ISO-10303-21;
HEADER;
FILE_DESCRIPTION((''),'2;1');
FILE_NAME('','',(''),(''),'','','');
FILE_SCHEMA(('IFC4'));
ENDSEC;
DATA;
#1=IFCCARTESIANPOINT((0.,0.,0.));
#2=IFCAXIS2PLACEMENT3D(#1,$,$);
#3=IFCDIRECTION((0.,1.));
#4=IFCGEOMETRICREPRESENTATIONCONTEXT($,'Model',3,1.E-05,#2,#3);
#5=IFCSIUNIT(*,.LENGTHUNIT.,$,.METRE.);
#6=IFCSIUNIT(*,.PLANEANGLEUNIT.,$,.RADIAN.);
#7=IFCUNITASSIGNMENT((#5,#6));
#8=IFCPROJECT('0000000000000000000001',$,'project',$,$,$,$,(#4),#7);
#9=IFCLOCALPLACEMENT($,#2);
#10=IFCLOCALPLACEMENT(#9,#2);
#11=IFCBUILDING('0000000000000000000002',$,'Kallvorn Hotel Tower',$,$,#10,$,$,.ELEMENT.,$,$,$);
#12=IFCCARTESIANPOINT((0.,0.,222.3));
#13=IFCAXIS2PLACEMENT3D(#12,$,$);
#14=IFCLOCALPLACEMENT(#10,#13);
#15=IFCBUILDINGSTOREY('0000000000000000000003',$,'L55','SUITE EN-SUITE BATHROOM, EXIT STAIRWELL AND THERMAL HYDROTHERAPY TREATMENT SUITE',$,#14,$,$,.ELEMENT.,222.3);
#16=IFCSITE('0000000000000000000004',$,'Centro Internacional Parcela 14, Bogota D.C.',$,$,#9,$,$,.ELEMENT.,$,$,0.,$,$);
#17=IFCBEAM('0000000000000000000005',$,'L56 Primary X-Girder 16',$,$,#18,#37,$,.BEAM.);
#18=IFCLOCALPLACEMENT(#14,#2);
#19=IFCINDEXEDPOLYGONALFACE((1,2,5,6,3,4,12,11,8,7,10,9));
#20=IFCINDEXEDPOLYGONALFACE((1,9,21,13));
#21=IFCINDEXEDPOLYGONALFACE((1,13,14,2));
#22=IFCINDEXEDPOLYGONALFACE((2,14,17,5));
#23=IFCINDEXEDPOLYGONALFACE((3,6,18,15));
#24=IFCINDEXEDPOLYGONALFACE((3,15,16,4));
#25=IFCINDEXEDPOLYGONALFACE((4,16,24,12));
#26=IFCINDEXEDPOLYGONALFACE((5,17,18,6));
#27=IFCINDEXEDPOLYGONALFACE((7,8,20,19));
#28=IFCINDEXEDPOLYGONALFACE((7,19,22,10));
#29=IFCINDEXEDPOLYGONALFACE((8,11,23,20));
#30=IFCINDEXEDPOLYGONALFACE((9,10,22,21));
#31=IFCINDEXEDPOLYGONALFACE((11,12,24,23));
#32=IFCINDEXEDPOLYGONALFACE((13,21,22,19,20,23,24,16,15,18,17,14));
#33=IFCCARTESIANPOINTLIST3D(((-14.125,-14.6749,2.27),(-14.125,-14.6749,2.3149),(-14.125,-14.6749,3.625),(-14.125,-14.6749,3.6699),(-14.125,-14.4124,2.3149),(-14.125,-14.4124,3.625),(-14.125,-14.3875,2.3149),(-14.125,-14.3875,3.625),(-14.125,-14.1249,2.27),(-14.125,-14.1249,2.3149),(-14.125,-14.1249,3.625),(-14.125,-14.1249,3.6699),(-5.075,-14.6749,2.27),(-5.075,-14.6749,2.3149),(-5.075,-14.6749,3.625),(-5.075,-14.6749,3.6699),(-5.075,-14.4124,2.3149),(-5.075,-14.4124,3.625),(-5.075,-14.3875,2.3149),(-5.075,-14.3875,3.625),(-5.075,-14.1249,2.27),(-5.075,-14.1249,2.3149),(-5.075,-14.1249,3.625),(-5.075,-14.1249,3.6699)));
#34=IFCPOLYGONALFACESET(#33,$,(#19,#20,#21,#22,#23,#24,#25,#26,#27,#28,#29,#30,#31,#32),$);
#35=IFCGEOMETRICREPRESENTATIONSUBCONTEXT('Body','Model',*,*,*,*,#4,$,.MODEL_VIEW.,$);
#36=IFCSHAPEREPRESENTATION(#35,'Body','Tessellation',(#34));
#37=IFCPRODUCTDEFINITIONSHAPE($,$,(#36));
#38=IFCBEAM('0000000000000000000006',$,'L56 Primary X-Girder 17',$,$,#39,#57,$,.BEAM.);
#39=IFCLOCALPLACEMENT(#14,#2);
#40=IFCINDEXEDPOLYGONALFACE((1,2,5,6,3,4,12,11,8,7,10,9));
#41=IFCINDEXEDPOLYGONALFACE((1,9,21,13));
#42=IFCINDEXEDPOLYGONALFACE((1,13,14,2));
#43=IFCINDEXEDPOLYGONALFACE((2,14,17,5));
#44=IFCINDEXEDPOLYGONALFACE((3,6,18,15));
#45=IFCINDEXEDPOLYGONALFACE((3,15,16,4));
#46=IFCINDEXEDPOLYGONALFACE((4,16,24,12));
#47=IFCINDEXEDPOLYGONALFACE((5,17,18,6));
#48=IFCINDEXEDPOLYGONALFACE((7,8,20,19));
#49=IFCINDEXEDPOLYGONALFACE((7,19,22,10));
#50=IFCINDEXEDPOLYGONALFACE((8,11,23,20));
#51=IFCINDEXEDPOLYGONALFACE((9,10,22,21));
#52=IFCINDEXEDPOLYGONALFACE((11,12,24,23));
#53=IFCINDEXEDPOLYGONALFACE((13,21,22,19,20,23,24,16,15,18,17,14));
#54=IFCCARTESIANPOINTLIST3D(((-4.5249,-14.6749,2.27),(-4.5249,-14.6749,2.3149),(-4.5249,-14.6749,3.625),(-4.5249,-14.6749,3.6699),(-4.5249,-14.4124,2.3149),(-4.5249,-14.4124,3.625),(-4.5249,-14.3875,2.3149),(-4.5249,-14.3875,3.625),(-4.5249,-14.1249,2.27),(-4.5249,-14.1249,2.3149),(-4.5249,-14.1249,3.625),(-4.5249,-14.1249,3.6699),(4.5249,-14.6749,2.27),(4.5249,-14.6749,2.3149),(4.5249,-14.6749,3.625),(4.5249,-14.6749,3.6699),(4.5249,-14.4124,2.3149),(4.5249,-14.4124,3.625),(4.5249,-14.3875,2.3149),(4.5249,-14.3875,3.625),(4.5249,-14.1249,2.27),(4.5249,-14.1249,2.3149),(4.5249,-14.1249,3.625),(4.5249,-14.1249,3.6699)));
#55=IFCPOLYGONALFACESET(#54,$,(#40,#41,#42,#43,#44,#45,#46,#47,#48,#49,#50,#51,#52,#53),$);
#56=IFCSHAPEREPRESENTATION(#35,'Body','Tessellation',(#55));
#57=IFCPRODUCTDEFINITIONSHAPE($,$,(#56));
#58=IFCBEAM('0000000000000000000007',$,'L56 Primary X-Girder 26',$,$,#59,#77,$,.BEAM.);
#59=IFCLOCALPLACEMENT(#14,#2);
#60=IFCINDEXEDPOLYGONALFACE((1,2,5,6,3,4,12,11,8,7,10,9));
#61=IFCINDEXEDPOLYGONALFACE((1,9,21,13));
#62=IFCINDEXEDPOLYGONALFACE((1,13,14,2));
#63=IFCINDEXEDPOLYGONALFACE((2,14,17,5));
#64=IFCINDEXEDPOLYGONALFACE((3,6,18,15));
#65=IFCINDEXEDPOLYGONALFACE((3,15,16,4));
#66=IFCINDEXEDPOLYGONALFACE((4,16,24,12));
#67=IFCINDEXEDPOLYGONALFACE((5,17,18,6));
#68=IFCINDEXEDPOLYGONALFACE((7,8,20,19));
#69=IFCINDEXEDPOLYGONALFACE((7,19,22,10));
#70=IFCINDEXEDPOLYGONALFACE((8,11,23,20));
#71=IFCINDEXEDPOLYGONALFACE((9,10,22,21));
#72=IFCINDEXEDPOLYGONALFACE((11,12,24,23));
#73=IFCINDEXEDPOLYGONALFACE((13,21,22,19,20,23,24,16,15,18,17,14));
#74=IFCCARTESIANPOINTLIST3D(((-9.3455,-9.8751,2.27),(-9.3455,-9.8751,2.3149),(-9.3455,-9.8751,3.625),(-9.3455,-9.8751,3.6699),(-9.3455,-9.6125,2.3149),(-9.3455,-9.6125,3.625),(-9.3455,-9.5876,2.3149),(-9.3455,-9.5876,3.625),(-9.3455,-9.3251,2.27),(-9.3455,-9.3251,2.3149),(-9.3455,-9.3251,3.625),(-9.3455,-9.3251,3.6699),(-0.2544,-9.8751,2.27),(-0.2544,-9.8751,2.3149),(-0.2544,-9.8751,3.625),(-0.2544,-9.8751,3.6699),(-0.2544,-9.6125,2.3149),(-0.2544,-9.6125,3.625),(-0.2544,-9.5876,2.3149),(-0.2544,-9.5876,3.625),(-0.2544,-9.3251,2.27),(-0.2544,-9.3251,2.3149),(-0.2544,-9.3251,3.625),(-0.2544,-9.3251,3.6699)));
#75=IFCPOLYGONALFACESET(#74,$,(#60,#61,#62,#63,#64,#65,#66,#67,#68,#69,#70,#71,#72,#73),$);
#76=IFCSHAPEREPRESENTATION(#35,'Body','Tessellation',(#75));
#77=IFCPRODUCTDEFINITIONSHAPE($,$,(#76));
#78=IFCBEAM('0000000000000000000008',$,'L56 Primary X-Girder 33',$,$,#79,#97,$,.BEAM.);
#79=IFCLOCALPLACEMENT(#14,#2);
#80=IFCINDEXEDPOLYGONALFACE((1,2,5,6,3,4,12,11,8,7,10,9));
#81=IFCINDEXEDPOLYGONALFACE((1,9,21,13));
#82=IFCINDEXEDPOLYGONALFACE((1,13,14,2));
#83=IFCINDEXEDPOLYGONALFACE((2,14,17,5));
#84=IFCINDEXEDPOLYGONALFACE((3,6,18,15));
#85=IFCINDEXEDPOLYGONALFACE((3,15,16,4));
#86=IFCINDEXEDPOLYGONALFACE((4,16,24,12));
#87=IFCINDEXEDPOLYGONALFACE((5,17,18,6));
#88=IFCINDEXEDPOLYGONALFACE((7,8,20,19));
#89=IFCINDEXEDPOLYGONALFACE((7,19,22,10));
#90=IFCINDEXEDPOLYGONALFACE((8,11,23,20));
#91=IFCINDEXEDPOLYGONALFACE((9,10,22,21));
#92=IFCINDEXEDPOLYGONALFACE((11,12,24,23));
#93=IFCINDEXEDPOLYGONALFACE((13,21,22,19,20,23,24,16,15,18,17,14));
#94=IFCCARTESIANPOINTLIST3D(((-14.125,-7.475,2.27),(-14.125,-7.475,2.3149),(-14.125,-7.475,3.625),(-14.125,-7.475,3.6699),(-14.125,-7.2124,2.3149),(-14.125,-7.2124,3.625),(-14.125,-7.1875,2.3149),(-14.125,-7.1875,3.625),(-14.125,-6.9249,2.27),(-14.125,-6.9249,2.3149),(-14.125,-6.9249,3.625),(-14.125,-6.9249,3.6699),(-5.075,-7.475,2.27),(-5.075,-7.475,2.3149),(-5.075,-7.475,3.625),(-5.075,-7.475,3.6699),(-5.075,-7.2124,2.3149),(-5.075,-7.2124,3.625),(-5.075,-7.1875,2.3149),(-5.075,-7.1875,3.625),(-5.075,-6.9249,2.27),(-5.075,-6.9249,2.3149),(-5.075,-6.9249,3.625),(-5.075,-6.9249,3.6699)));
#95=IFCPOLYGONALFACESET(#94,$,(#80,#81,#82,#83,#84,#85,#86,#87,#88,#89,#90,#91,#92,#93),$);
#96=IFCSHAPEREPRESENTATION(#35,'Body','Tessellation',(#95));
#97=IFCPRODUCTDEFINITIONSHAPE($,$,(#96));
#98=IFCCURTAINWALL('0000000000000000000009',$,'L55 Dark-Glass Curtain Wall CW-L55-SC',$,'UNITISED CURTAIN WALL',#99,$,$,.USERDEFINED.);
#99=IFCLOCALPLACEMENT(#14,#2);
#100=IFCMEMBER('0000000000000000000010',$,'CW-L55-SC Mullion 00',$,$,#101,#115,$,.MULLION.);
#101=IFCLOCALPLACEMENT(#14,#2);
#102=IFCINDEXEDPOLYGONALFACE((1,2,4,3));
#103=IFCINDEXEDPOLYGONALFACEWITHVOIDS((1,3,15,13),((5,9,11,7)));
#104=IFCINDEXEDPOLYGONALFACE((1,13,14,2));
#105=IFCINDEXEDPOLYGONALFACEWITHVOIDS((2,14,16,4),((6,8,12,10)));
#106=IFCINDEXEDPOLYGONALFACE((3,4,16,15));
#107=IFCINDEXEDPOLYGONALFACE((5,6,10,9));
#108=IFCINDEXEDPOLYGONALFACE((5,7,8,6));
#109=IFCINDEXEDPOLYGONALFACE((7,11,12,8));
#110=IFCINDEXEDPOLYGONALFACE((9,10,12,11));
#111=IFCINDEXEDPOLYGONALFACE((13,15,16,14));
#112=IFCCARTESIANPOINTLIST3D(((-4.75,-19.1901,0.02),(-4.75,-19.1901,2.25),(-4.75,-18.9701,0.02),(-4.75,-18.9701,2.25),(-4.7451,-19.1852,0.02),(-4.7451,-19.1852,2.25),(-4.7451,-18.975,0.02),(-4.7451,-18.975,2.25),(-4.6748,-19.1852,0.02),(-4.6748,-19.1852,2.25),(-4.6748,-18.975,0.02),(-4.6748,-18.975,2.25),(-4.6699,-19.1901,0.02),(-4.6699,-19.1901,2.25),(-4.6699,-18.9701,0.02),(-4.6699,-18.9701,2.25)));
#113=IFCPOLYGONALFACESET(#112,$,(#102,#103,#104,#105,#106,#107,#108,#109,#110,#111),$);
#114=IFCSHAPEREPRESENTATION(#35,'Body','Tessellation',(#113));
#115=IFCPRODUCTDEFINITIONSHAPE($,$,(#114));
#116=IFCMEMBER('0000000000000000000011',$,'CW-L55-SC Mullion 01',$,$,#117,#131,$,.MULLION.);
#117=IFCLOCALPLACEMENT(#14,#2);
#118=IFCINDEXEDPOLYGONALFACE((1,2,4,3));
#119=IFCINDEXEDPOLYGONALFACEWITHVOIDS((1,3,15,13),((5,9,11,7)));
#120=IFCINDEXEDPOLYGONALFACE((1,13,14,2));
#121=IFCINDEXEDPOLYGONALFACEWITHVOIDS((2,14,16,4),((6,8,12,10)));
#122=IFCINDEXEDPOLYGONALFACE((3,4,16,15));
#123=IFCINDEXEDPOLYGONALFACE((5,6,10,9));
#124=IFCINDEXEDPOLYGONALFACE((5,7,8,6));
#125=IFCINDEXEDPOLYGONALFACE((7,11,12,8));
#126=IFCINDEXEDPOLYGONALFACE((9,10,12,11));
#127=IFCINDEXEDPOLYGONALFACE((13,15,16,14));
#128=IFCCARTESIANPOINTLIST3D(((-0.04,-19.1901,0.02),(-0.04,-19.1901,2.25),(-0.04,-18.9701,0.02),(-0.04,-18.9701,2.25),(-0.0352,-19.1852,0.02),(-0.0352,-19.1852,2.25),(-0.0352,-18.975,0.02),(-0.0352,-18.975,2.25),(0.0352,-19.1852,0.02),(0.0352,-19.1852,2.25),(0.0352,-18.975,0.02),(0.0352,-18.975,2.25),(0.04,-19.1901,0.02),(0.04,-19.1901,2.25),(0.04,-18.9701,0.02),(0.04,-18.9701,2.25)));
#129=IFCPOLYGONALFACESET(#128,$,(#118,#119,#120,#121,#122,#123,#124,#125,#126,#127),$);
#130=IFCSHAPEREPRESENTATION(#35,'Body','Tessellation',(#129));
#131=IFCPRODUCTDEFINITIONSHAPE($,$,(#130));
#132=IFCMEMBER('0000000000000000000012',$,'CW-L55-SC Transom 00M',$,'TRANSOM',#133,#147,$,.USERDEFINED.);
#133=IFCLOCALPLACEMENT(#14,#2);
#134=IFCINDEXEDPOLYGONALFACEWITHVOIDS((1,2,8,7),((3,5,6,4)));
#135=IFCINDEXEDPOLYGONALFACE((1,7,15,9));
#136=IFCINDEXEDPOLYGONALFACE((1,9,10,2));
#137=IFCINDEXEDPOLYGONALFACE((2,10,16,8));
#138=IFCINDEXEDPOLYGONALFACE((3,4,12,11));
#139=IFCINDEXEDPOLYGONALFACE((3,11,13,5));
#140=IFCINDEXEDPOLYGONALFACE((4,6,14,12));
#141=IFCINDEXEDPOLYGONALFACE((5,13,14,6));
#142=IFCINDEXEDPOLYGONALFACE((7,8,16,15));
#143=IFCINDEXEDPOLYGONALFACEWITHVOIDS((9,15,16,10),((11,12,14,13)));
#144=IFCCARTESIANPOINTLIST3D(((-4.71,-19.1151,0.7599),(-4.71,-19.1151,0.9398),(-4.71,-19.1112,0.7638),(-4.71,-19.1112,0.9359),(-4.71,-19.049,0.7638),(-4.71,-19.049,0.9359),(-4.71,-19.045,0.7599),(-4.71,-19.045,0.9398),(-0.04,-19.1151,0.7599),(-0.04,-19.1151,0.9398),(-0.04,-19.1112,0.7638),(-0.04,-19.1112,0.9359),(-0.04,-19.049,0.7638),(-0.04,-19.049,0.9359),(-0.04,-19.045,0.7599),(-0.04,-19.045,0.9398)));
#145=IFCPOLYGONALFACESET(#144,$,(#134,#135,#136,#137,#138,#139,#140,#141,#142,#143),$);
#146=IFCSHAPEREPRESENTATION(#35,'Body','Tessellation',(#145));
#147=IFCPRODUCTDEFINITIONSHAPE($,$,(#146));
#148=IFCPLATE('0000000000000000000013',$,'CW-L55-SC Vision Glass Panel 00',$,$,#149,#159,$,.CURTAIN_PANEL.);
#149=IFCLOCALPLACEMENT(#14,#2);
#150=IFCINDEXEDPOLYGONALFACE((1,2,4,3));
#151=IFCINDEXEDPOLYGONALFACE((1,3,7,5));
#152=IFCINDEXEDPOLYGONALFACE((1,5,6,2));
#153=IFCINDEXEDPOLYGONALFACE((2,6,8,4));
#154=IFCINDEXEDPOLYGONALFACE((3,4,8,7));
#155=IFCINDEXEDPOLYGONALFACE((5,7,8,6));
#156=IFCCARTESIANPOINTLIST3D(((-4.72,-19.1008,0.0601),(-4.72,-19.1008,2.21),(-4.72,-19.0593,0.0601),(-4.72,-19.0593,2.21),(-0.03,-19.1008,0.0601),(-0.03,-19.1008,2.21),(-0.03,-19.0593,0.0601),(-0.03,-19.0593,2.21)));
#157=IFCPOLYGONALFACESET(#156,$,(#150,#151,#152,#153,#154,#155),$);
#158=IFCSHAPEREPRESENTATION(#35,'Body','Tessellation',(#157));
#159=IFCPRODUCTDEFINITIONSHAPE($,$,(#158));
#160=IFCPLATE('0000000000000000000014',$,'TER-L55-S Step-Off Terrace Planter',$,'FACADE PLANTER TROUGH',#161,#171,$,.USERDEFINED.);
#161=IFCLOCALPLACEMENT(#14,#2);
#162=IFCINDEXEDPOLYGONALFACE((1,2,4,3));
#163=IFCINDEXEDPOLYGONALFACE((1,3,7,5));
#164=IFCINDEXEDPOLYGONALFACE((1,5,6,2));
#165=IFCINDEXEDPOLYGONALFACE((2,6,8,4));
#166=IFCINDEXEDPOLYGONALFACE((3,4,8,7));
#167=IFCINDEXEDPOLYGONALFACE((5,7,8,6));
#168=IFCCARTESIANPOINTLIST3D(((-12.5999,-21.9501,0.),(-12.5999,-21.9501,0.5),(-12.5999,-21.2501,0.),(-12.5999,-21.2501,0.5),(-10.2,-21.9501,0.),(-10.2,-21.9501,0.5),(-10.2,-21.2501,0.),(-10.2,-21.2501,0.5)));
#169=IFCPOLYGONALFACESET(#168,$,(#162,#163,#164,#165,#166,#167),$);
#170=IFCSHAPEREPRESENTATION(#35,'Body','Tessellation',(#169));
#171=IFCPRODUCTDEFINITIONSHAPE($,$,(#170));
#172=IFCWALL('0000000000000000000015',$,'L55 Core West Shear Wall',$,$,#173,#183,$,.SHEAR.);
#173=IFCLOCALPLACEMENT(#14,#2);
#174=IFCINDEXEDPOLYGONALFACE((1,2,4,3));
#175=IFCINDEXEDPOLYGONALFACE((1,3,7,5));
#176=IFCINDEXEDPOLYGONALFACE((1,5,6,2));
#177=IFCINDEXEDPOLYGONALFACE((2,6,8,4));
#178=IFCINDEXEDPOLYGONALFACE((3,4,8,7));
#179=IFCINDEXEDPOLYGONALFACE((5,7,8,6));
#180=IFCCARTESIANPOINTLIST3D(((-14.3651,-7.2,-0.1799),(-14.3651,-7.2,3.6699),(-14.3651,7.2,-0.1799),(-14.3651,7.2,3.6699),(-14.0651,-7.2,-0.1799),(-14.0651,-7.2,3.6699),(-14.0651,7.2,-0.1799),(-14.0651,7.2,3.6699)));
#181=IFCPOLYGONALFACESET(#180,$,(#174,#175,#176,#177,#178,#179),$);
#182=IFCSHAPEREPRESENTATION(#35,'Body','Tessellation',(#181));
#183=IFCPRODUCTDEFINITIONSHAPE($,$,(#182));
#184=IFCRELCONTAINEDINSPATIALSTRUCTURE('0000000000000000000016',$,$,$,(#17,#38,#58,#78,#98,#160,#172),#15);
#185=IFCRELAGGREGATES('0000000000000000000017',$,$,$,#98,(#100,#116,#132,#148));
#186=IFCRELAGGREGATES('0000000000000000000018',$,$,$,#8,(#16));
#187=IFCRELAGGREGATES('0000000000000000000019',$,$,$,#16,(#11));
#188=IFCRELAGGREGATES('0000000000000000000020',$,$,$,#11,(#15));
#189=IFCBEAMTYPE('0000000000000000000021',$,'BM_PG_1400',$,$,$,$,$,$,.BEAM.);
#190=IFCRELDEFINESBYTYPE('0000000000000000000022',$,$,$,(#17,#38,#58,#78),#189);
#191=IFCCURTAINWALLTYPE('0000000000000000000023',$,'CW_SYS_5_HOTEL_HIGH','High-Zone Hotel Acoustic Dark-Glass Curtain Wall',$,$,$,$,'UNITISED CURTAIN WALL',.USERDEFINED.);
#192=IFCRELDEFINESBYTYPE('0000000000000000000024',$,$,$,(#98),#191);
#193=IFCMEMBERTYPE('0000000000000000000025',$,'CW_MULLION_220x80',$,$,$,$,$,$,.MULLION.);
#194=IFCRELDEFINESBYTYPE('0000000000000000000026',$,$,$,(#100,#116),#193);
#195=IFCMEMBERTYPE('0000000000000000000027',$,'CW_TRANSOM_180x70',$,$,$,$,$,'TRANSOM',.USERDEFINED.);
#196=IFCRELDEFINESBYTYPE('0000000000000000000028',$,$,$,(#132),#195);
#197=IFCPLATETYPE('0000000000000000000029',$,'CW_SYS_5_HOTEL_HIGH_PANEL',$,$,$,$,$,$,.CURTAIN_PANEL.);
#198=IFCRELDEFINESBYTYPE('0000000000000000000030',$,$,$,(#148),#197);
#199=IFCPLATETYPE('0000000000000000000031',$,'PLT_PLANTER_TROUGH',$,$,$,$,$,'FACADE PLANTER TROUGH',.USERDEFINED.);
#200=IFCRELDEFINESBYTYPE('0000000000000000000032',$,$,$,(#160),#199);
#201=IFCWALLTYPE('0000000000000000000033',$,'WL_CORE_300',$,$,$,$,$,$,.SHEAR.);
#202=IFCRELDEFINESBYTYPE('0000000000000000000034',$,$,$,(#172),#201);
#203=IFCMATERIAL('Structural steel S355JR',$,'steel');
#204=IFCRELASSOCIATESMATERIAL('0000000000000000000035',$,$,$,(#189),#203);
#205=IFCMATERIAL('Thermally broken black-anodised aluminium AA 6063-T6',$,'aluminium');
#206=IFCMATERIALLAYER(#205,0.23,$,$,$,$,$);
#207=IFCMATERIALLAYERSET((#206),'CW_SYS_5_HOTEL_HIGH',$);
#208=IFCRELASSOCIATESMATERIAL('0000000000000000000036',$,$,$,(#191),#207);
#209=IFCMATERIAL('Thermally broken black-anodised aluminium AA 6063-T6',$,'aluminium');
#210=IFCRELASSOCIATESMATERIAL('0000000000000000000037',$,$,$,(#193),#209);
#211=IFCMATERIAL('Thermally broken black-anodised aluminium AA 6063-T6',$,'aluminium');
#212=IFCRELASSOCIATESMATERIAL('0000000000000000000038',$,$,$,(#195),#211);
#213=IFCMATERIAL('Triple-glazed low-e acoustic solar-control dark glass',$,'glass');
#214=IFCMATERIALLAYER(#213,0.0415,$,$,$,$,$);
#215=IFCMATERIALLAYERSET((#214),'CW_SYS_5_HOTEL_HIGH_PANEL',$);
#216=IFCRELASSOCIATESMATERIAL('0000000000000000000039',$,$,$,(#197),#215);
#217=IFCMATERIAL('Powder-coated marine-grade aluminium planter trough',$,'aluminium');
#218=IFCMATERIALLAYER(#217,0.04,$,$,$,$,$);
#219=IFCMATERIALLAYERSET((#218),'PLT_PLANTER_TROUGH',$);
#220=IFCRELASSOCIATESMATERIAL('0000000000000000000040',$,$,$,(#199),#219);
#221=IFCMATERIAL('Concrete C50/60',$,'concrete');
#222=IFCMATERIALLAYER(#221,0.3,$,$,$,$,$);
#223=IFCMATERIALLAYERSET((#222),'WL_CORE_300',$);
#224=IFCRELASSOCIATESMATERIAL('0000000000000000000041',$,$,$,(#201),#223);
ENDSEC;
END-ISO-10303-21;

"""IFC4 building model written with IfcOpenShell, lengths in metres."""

from ifc_helpers import new_model, si_unit, direction, frame, frame_2d, origin, origin_2d, place, context, subcontext, project, spatial, rectangle, hollow_rectangle, i_section, extrude, material, layer, layer_set, material_profile, profile_set, type_object, element, aggregate, save


model = new_model("IFC4")

# Units and contexts
model_context = context("Model", 3, precision=1e-05, world=origin(), true_north=direction((0.0, 1.0)))
body_context = subcontext(model_context, "Body", "Model", "MODEL_VIEW")
ifc_project = project(units=[si_unit("LENGTHUNIT", "METRE"), si_unit("PLANEANGLEUNIT", "RADIAN")], contexts=[model_context])

# Site, building, storey
site_placement = place(None, origin())
site = spatial("IfcSite", under=ifc_project, at=site_placement, Name="Centro Internacional Parcela 14, Bogota D.C.", CompositionType="ELEMENT", RefElevation=0.0)
building_placement = place(site_placement, origin())
building = spatial("IfcBuilding", under=site, at=building_placement, Name="Kallvorn Hotel Tower", CompositionType="ELEMENT")
storey_placement = place(building_placement, frame((0.0, 0.0, 222.3)))
storey = spatial("IfcBuildingStorey", under=building, at=storey_placement, Name="L55", Description="SUITE EN-SUITE BATHROOM, EXIT STAIRWELL AND THERMAL HYDROTHERAPY TREATMENT SUITE", CompositionType="ELEMENT", Elevation=222.3)

# Beams
ifc_material_1 = material(Name="Structural steel S355JR", Category="steel")
ifc_material_profile_1 = material_profile(ifc_material_1, i_section(OverallWidth=0.55, OverallDepth=1.3999, WebThickness=0.0249, FlangeThickness=0.0449, at=origin_2d()), Name="PG 1400x550x25x45")
ifc_profile_set_1 = profile_set([ifc_material_profile_1], Name="Structural steel S355JR")
beam_type_1 = type_object("IfcBeamType", Name="BM_PG_1400", PredefinedType="BEAM", material=ifc_profile_set_1)
beam_1_placement = place(storey_placement, frame((-14.125, -14.3999, 2.97), z_axis=(1.0, 0.0, 0.0), x_axis=(0.0, 1.0, 0.0)))
element("IfcBeam", 1, at=beam_1_placement, inside=storey, type_object=beam_type_1, Name="L56 Primary X-Girder 16", PredefinedType="BEAM", context=body_context, shape_type="SweptSolid", body=[
    extrude(i_section(OverallWidth=0.55, OverallDepth=1.3999, WebThickness=0.0249, FlangeThickness=0.0449, at=origin_2d()), origin(), (0.0, 0.0, 1.0), 9.05),
])
beam_2_placement = place(storey_placement, frame((-4.5249, -14.3999, 2.97), z_axis=(1.0, 0.0, 0.0), x_axis=(0.0, 1.0, 0.0)))
element("IfcBeam", 2, at=beam_2_placement, inside=storey, type_object=beam_type_1, Name="L56 Primary X-Girder 17", PredefinedType="BEAM", context=body_context, shape_type="SweptSolid", body=[
    extrude(i_section(OverallWidth=0.55, OverallDepth=1.3999, WebThickness=0.0249, FlangeThickness=0.0449, at=origin_2d()), origin(), (0.0, 0.0, 1.0), 9.0498),
])
beam_3_placement = place(storey_placement, frame((-9.3455, -9.6001, 2.97), z_axis=(1.0, 0.0, 0.0), x_axis=(0.0, 1.0, 0.0)))
element("IfcBeam", 3, at=beam_3_placement, inside=storey, type_object=beam_type_1, Name="L56 Primary X-Girder 26", PredefinedType="BEAM", context=body_context, shape_type="SweptSolid", body=[
    extrude(i_section(OverallWidth=0.55, OverallDepth=1.3999, WebThickness=0.0249, FlangeThickness=0.0449, at=origin_2d()), origin(), (0.0, 0.0, 1.0), 9.0911),
])
beam_4_placement = place(storey_placement, frame((-14.125, -7.2, 2.97), z_axis=(1.0, 0.0, 0.0), x_axis=(0.0, 1.0, 0.0)))
element("IfcBeam", 4, at=beam_4_placement, inside=storey, type_object=beam_type_1, Name="L56 Primary X-Girder 33", PredefinedType="BEAM", context=body_context, shape_type="SweptSolid", body=[
    extrude(i_section(OverallWidth=0.55, OverallDepth=1.3999, WebThickness=0.0249, FlangeThickness=0.0449, at=origin_2d()), origin(), (0.0, 0.0, 1.0), 9.05),
])

# Curtain wall, members, plate
ifc_material_2 = material(Name="Thermally broken black-anodised aluminium AA 6063-T6", Category="aluminium")
ifc_layer_1 = layer(ifc_material_2, 0.23)
ifc_layer_set_1 = layer_set([ifc_layer_1], Name="CW_SYS_5_HOTEL_HIGH")
curtain_wall_type = type_object("IfcCurtainWallType", Name="CW_SYS_5_HOTEL_HIGH", Description="High-Zone Hotel Acoustic Dark-Glass Curtain Wall", ElementType="UNITISED CURTAIN WALL", PredefinedType="USERDEFINED", material=ifc_layer_set_1)
curtain_wall_placement = place(storey_placement, origin())
curtain_wall = element("IfcCurtainWall", 5, at=curtain_wall_placement, inside=storey, type_object=curtain_wall_type, Name="L55 Dark-Glass Curtain Wall CW-L55-SC", ObjectType="UNITISED CURTAIN WALL", PredefinedType="USERDEFINED")
ifc_material_3 = material(Name="Thermally broken black-anodised aluminium AA 6063-T6", Category="aluminium")
ifc_material_profile_2 = material_profile(ifc_material_3, hollow_rectangle(XDim=0.0801, YDim=0.22, WallThickness=0.0049, at=origin_2d()), Name="MUL 220x80")
ifc_profile_set_2 = profile_set([ifc_material_profile_2], Name="Thermally broken black-anodised aluminium AA 6063-T6")
member_type_1 = type_object("IfcMemberType", Name="CW_MULLION_220x80", PredefinedType="MULLION", material=ifc_profile_set_2)
member_1_placement = place(storey_placement, frame((-4.71, -19.0801, 0.02), z_axis=(0.0, 0.0, 1.0), x_axis=(1.0, 0.0, 0.0)))
member_1 = element("IfcMember", 6, at=member_1_placement, type_object=member_type_1, Name="CW-L55-SC Mullion 00", PredefinedType="MULLION", context=body_context, shape_type="SweptSolid", body=[
    extrude(hollow_rectangle(XDim=0.0801, YDim=0.22, WallThickness=0.0049, at=origin_2d()), origin(), (0.0, 0.0, 1.0), 2.23),
])
member_2_placement = place(storey_placement, frame((0.0, -19.0801, 0.02), z_axis=(0.0, 0.0, 1.0), x_axis=(1.0, 0.0, 0.0)))
member_2 = element("IfcMember", 7, at=member_2_placement, type_object=member_type_1, Name="CW-L55-SC Mullion 01", PredefinedType="MULLION", context=body_context, shape_type="SweptSolid", body=[
    extrude(hollow_rectangle(XDim=0.0801, YDim=0.22, WallThickness=0.0049, at=origin_2d()), origin(), (0.0, 0.0, 1.0), 2.23),
])
ifc_material_4 = material(Name="Thermally broken black-anodised aluminium AA 6063-T6", Category="aluminium")
ifc_material_profile_3 = material_profile(ifc_material_4, hollow_rectangle(XDim=0.0701, YDim=0.1799, WallThickness=0.0039, at=origin_2d()), Name="TRN 180x70")
ifc_profile_set_3 = profile_set([ifc_material_profile_3], Name="Thermally broken black-anodised aluminium AA 6063-T6")
member_type_2 = type_object("IfcMemberType", Name="CW_TRANSOM_180x70", ElementType="TRANSOM", PredefinedType="USERDEFINED", material=ifc_profile_set_3)
member_3_placement = place(storey_placement, frame((-4.71, -19.0801, 0.8499), z_axis=(1.0, 0.0, 0.0), x_axis=(0.0, 1.0, 0.0)))
member_3 = element("IfcMember", 8, at=member_3_placement, type_object=member_type_2, Name="CW-L55-SC Transom 00M", ObjectType="TRANSOM", PredefinedType="USERDEFINED", context=body_context, shape_type="SweptSolid", body=[
    extrude(hollow_rectangle(XDim=0.0701, YDim=0.1799, WallThickness=0.0039, at=origin_2d()), origin(), (0.0, 0.0, 1.0), 4.6699),
])
ifc_material_5 = material(Name="Triple-glazed low-e acoustic solar-control dark glass", Category="glass")
ifc_layer_2 = layer(ifc_material_5, 0.0415)
ifc_layer_set_2 = layer_set([ifc_layer_2], Name="CW_SYS_5_HOTEL_HIGH_PANEL")
plate_type_1 = type_object("IfcPlateType", Name="CW_SYS_5_HOTEL_HIGH_PANEL", PredefinedType="CURTAIN_PANEL", material=ifc_layer_set_2)
plate_1_placement = place(storey_placement, frame((-2.375, -19.0801, 0.0601), z_axis=(0.0, 0.0, 1.0), x_axis=(1.0, 0.0, 0.0)))
plate_1 = element("IfcPlate", 9, at=plate_1_placement, type_object=plate_type_1, Name="CW-L55-SC Vision Glass Panel 00", PredefinedType="CURTAIN_PANEL", context=body_context, shape_type="SweptSolid", body=[
    extrude(rectangle(XDim=4.6899, YDim=0.0415, at=origin_2d()), origin(), (0.0, 0.0, 1.0), 2.1499),
])
aggregate(curtain_wall, [member_1, member_2, member_3, plate_1])

# Plate
ifc_material_6 = material(Name="Powder-coated marine-grade aluminium planter trough", Category="aluminium")
ifc_layer_3 = layer(ifc_material_6, 0.04)
ifc_layer_set_3 = layer_set([ifc_layer_3], Name="PLT_PLANTER_TROUGH")
plate_type_2 = type_object("IfcPlateType", Name="PLT_PLANTER_TROUGH", ElementType="FACADE PLANTER TROUGH", PredefinedType="USERDEFINED", material=ifc_layer_set_3)
plate_2_placement = place(storey_placement, frame((-11.3999, -21.6001, 0.0), z_axis=(0.0, 0.0, 1.0), x_axis=(1.0, 0.0, 0.0)))
element("IfcPlate", 10, at=plate_2_placement, inside=storey, type_object=plate_type_2, Name="TER-L55-S Step-Off Terrace Planter", ObjectType="FACADE PLANTER TROUGH", PredefinedType="USERDEFINED", context=body_context, shape_type="SweptSolid", body=[
    extrude(rectangle(XDim=2.3999, YDim=0.7, at=origin_2d()), origin(), (0.0, 0.0, 1.0), 0.5),
])

# Wall
ifc_material_7 = material(Name="Concrete C50/60", Category="concrete")
ifc_layer_4 = layer(ifc_material_7, 0.3)
ifc_layer_set_4 = layer_set([ifc_layer_4], Name="WL_CORE_300")
wall_type_1 = type_object("IfcWallType", Name="WL_CORE_300", PredefinedType="SHEAR", material=ifc_layer_set_4)
wall_placement = place(storey_placement, frame((-14.2151, -7.2, -0.1799), z_axis=(0.0, 0.0, 1.0), x_axis=(0.0, 1.0, 0.0)))
element("IfcWall", 11, at=wall_placement, inside=storey, type_object=wall_type_1, Name="L55 Core West Shear Wall", PredefinedType="SHEAR", context=body_context, shape_type="SweptSolid", body=[
    extrude(rectangle(XDim=14.3999, YDim=0.3, at=frame_2d((7.2, 0.0))), origin(), (0.0, 0.0, 1.0), 3.8499),
])

save(model, "model.ifc")
